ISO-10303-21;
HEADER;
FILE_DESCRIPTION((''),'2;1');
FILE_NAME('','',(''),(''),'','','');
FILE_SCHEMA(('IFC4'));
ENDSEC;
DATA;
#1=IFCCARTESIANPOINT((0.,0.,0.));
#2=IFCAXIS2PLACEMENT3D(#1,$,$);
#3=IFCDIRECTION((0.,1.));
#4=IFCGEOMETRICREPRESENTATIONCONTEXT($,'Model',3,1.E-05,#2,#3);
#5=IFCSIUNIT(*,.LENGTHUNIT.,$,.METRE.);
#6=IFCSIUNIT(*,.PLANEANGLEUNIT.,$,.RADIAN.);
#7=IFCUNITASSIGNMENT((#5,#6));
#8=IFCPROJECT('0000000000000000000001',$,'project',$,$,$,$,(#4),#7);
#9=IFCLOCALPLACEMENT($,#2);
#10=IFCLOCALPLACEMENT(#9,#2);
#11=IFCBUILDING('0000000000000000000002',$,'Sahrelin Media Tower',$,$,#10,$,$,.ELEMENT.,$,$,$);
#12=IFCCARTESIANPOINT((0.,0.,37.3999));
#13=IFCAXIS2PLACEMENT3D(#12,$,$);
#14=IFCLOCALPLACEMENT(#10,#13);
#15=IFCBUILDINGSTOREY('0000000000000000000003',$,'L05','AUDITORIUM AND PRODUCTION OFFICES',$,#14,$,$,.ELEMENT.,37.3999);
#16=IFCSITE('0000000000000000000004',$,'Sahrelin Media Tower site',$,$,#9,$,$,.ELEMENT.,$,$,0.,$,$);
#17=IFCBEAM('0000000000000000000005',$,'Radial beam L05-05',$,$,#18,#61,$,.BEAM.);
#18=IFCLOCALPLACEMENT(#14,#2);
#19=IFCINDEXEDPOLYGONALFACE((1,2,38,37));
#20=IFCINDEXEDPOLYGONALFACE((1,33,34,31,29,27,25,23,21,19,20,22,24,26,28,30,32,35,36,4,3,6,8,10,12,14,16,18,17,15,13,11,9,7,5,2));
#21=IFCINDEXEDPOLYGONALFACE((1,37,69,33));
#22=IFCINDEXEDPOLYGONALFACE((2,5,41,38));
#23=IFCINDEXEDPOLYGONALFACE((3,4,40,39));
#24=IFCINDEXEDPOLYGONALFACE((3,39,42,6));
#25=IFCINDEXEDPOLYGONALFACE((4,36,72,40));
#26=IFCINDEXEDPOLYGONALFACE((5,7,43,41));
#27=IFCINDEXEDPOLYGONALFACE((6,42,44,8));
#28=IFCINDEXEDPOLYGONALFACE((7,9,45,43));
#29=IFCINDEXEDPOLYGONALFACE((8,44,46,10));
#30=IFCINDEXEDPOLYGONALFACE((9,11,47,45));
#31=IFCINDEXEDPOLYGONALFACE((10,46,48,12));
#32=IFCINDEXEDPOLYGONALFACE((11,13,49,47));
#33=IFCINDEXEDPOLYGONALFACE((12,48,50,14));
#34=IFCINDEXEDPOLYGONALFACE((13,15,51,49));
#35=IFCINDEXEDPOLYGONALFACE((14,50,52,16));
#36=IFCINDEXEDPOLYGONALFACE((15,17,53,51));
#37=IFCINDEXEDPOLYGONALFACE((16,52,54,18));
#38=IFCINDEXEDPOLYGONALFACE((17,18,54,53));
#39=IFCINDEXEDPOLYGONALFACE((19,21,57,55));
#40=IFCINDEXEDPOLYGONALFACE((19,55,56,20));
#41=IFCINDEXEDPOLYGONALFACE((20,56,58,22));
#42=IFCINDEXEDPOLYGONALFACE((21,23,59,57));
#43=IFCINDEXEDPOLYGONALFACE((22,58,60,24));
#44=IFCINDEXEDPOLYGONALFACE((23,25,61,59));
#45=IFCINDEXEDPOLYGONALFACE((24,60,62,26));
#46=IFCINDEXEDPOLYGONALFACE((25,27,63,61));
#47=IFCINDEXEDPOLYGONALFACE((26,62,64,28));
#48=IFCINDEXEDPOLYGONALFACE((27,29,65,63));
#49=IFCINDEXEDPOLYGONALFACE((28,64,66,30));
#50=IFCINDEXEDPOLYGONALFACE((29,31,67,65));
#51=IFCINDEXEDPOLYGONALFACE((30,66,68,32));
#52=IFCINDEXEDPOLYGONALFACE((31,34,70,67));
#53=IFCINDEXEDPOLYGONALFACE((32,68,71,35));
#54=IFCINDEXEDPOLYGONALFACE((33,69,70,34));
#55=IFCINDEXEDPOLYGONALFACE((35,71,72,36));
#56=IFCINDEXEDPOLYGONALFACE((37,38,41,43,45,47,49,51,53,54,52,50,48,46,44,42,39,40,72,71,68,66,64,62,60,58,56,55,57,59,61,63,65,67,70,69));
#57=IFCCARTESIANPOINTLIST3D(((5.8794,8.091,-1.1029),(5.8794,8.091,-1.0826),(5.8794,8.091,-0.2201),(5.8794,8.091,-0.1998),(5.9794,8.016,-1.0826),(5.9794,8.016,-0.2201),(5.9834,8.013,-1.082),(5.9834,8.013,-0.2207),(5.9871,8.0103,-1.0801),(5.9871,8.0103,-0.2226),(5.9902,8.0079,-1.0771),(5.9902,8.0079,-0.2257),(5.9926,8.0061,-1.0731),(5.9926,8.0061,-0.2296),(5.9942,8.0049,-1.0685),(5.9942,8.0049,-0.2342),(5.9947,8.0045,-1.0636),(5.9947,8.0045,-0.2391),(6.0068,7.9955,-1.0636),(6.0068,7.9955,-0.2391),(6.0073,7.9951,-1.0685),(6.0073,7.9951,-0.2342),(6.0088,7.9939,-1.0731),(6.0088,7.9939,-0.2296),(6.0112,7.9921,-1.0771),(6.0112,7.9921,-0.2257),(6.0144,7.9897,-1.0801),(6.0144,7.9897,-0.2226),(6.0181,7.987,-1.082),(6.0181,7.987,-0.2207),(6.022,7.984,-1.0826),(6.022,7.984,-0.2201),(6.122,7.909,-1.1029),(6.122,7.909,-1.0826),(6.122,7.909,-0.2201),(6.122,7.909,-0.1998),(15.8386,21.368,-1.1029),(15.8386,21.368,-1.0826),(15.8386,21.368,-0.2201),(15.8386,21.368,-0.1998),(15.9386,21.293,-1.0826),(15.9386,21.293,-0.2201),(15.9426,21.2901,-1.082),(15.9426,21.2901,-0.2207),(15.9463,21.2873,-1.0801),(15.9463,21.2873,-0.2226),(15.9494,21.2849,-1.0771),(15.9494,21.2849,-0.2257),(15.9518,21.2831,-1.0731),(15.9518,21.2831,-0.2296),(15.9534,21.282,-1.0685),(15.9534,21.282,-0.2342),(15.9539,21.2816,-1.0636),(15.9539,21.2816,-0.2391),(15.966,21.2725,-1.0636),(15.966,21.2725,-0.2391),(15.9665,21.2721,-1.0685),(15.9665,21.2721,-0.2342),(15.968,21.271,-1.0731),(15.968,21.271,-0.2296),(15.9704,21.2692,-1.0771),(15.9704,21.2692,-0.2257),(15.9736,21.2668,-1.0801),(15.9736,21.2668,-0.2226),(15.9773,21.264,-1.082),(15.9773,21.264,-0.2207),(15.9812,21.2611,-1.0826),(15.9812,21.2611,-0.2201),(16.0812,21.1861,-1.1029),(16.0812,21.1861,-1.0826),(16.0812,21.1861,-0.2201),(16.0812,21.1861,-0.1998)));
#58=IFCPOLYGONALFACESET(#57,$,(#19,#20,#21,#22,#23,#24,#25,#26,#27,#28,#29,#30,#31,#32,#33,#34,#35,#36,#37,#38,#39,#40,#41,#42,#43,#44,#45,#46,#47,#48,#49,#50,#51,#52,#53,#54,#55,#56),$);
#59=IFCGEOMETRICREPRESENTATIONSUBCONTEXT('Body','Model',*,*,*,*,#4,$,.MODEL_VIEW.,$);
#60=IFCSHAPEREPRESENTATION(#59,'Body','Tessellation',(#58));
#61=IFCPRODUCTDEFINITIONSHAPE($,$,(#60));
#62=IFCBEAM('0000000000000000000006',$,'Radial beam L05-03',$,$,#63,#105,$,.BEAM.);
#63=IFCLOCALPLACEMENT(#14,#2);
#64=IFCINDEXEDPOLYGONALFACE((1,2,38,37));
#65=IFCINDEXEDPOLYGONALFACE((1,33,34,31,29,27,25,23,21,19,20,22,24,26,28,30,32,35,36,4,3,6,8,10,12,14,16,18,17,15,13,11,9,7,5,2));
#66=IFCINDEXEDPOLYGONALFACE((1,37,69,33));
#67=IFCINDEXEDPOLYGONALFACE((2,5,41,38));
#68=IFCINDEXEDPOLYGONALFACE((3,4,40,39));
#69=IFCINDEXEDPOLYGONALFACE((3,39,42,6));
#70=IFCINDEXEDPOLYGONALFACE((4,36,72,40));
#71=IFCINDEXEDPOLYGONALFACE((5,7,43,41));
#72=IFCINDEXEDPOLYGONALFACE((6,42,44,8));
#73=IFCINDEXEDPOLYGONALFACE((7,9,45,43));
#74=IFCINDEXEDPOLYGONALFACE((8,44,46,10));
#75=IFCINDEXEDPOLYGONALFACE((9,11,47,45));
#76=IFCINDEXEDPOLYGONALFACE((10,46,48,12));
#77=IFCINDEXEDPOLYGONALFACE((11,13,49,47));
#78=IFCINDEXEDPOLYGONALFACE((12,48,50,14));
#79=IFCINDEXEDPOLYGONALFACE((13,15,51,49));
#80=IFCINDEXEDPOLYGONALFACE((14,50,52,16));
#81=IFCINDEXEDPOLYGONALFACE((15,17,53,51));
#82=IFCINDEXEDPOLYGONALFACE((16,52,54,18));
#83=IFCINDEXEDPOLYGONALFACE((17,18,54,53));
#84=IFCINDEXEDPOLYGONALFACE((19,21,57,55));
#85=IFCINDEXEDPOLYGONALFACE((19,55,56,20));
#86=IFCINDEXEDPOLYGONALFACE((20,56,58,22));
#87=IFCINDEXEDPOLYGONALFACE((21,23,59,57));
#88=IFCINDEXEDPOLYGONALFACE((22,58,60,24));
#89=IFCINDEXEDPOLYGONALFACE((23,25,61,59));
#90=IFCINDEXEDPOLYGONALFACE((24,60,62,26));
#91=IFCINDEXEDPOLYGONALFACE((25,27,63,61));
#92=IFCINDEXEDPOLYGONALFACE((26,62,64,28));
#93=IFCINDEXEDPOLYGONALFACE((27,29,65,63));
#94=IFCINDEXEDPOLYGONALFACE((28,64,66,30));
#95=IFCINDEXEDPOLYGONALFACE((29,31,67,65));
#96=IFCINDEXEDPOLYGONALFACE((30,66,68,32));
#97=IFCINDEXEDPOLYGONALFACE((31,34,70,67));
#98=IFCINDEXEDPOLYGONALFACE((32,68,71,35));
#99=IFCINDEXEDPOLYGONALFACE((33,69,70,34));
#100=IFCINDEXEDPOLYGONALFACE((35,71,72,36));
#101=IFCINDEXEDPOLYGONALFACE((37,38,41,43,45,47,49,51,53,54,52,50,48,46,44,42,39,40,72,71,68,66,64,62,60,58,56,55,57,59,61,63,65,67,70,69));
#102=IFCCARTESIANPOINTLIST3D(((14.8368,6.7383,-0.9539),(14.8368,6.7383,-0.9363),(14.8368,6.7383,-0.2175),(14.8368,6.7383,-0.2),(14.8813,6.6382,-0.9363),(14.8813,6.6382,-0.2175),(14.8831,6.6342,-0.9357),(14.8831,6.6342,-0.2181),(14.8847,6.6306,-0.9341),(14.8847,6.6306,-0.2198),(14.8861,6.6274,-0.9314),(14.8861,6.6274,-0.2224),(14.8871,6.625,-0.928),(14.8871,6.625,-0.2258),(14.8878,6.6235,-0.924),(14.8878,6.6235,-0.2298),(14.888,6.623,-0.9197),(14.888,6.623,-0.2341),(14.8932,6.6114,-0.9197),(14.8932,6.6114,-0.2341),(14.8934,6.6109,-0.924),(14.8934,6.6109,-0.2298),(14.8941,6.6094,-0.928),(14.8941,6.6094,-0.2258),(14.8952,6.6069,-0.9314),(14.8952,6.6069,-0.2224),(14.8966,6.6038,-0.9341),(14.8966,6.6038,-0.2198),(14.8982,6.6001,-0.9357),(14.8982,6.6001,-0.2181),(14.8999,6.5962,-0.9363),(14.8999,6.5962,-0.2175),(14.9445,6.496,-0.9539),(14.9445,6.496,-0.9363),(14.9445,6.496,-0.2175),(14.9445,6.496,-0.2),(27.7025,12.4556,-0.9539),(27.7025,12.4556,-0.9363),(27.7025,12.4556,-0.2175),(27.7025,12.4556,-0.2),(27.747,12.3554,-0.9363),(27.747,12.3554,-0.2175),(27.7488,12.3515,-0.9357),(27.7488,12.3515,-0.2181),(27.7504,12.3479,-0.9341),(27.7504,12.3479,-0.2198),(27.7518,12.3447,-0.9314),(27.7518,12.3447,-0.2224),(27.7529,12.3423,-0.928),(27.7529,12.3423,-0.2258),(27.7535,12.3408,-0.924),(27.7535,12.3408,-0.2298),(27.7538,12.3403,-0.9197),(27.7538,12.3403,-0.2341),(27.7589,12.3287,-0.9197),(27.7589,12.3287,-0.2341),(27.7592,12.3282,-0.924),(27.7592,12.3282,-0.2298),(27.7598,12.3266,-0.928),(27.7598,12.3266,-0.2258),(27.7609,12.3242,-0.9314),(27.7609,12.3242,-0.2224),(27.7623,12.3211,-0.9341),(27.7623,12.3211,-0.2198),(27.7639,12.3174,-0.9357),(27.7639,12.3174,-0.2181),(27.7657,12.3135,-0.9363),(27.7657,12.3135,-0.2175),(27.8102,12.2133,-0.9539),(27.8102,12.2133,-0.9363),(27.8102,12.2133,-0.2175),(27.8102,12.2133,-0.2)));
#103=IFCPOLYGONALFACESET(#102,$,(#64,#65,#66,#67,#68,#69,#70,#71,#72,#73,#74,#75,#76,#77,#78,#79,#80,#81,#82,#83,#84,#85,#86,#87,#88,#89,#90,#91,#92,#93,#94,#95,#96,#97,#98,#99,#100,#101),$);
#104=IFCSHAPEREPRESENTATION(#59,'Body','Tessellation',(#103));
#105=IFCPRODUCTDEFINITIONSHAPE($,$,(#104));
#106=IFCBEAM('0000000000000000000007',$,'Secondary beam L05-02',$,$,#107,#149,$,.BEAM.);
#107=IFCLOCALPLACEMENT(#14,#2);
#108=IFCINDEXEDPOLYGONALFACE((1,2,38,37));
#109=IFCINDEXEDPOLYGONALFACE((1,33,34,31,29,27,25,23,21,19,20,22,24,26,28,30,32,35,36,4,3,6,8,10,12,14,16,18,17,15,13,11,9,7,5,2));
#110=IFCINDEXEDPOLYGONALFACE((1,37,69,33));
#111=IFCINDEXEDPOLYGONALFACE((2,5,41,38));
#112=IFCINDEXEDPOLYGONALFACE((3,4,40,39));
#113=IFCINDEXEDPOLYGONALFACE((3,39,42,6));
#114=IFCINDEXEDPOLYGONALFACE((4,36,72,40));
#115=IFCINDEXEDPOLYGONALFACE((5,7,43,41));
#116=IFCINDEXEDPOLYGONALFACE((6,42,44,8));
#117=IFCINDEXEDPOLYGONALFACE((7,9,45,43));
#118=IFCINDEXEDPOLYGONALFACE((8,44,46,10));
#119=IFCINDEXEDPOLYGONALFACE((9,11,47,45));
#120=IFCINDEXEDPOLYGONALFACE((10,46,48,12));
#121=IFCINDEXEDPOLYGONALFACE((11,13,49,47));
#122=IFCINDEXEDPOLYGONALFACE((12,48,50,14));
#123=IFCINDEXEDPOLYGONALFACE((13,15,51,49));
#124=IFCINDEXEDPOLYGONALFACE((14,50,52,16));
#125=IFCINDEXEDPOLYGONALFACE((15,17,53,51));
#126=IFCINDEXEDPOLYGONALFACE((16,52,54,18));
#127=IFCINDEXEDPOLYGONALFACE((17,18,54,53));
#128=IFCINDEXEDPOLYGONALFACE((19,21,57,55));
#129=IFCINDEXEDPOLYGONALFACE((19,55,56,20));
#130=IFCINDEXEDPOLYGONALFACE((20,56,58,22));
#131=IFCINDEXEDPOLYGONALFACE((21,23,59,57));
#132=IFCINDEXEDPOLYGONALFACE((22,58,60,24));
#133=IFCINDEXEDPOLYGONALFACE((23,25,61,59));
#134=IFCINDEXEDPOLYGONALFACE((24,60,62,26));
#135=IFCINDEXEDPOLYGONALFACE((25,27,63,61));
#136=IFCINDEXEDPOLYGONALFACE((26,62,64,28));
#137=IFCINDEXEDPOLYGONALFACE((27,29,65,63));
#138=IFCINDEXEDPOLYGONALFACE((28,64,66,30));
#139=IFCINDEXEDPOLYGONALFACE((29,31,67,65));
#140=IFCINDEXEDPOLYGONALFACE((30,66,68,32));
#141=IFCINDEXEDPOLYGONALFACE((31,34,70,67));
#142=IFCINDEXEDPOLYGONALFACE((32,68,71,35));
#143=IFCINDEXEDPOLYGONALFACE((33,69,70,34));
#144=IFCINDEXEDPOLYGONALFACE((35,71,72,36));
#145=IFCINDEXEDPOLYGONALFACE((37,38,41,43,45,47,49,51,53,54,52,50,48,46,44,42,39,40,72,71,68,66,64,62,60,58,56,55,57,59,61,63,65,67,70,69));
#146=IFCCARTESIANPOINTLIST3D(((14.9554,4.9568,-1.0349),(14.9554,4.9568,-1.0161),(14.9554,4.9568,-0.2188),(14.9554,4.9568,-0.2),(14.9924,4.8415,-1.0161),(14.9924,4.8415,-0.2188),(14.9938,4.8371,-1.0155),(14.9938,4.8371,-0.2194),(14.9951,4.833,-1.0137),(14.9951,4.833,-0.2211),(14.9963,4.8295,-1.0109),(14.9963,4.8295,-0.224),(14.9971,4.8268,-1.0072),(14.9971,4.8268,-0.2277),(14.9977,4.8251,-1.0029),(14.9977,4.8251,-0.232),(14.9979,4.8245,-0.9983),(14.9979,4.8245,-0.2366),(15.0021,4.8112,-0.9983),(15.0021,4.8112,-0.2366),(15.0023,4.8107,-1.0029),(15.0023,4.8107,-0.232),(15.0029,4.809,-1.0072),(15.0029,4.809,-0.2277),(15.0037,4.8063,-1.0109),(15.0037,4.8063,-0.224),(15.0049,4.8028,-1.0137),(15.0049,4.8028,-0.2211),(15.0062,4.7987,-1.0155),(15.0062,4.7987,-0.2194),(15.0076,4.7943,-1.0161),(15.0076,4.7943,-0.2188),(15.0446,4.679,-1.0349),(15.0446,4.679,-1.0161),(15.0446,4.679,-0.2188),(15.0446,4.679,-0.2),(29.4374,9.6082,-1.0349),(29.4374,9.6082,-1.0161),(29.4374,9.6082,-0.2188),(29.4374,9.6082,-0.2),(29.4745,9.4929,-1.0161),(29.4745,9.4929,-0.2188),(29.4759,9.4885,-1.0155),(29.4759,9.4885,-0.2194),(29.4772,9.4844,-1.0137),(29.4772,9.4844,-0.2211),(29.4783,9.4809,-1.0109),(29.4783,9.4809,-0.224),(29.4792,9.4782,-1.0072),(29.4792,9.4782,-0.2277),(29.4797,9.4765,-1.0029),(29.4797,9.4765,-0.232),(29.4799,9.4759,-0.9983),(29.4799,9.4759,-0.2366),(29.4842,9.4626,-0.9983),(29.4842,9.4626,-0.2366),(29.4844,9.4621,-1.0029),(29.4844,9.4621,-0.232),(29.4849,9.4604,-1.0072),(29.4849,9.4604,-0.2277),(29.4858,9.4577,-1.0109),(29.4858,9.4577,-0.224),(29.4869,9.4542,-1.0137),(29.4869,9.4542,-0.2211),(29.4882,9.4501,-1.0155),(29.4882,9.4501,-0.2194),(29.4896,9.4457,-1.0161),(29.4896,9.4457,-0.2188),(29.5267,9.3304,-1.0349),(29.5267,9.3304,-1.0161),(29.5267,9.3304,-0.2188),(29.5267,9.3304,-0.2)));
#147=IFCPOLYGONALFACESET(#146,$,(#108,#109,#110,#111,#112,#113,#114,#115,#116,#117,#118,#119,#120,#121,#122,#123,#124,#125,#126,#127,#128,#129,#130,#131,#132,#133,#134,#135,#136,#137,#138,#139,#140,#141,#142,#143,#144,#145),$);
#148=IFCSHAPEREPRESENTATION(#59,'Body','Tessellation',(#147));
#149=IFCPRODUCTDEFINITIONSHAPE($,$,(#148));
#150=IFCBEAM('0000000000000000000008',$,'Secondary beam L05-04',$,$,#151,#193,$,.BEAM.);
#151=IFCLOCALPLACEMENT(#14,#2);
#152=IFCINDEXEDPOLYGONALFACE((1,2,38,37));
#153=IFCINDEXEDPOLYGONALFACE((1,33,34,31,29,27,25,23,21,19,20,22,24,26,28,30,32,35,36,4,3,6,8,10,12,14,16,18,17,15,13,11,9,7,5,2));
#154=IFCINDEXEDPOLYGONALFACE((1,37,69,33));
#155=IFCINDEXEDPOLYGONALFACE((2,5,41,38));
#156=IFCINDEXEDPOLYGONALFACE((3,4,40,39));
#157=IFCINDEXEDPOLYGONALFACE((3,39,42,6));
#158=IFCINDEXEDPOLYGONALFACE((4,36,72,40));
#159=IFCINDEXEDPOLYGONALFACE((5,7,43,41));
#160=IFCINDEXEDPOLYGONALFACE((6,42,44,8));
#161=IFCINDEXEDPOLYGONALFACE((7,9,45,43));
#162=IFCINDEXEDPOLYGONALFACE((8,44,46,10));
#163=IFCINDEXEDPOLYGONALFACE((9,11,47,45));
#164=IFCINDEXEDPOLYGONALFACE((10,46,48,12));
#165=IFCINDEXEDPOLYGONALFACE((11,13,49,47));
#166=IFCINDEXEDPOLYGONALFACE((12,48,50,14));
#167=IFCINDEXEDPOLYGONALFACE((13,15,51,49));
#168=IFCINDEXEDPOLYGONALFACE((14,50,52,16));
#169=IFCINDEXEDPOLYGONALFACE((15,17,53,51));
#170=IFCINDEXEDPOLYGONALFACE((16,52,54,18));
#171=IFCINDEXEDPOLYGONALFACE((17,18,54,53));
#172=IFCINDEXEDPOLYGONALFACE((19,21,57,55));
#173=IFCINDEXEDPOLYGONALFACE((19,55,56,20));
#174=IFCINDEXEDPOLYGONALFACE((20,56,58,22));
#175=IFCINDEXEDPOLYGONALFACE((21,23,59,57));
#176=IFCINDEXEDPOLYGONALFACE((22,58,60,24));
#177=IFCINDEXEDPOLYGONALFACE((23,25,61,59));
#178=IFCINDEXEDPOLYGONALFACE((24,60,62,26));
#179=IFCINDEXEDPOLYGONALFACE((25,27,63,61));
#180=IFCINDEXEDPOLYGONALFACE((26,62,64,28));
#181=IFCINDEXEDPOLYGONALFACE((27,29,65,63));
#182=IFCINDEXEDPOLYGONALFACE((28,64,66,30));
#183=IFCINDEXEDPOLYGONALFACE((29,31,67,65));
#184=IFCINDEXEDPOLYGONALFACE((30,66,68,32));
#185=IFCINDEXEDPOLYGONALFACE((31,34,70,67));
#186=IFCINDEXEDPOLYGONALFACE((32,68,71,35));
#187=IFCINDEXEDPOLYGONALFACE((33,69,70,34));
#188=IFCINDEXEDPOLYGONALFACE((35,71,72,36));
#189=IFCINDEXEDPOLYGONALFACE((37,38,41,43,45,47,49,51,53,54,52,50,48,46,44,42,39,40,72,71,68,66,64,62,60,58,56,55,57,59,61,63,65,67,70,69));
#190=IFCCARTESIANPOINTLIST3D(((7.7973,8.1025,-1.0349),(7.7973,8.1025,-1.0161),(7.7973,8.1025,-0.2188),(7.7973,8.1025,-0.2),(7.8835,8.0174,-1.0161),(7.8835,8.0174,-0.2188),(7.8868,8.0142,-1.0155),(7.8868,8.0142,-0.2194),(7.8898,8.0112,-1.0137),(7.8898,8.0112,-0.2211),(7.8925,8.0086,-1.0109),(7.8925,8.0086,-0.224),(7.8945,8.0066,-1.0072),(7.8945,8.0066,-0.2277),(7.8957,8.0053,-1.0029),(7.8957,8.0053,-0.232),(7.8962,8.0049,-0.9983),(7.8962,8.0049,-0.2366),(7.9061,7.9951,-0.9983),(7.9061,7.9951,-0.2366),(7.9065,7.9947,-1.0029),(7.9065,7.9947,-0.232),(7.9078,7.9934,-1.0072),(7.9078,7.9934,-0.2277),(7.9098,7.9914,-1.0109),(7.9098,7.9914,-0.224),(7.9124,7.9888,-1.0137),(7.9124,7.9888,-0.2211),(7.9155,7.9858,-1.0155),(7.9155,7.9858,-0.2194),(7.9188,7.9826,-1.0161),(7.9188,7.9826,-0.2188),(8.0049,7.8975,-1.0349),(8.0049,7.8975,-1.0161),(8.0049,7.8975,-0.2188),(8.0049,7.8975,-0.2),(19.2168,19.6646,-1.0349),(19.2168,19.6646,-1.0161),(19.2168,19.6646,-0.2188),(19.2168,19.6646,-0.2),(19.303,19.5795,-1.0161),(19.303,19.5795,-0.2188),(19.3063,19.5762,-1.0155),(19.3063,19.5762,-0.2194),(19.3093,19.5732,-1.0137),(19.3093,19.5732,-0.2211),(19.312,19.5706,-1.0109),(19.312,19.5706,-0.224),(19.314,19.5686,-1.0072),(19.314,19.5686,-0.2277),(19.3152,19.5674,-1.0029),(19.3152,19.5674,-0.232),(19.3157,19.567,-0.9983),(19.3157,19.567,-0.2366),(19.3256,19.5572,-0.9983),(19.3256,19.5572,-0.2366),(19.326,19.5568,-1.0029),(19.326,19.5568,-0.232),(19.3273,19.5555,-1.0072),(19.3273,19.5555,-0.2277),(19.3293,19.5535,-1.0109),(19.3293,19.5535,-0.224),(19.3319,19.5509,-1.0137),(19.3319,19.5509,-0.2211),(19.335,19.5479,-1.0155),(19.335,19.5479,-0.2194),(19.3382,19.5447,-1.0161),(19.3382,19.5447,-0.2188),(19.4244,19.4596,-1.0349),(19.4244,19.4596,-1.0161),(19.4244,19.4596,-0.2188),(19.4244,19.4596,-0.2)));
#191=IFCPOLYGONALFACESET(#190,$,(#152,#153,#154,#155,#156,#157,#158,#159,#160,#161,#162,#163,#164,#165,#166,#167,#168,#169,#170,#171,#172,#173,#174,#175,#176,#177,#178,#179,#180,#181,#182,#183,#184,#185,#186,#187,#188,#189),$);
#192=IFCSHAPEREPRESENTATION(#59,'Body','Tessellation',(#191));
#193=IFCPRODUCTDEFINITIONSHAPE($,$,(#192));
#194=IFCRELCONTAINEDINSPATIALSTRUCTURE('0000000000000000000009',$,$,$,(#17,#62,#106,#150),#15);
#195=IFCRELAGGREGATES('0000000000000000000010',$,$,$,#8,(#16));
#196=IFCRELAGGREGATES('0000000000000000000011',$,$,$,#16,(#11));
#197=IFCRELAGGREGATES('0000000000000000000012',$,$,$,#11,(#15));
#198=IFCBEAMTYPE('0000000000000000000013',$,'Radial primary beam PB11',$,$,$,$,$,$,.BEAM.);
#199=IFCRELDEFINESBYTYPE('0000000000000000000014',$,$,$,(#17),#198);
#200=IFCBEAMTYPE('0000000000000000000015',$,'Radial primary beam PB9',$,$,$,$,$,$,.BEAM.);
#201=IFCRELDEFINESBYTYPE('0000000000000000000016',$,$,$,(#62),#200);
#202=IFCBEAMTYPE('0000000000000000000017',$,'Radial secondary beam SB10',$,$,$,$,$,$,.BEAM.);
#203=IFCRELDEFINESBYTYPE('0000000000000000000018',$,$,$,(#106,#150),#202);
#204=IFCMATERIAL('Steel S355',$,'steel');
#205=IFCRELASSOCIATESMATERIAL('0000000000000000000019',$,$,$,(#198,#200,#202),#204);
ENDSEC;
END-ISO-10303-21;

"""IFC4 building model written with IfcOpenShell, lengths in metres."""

from ifc_helpers import new_model, si_unit, direction, frame, origin, origin_2d, place, context, subcontext, project, spatial, i_section, extrude, material, material_profile, profile_set, type_object, element, save


model = new_model("IFC4")

# Units and contexts
model_context = context("Model", 3, precision=1e-05, world=origin(), true_north=direction((0.0, 1.0)))
body_context = subcontext(model_context, "Body", "Model", "MODEL_VIEW")
ifc_project = project(units=[si_unit("LENGTHUNIT", "METRE"), si_unit("PLANEANGLEUNIT", "RADIAN")], contexts=[model_context])

# Site, building, storey
site_placement = place(None, origin())
site = spatial("IfcSite", under=ifc_project, at=site_placement, Name="Sahrelin Media Tower site", CompositionType="ELEMENT", RefElevation=0.0)
building_placement = place(site_placement, origin())
building = spatial("IfcBuilding", under=site, at=building_placement, Name="Sahrelin Media Tower", CompositionType="ELEMENT")
storey_placement = place(building_placement, frame((0.0, 0.0, 37.3999)))
storey = spatial("IfcBuildingStorey", under=building, at=storey_placement, Name="L05", Description="AUDITORIUM AND PRODUCTION OFFICES", CompositionType="ELEMENT", Elevation=37.3999)

# Beams
ifc_material_1 = material(Name="Steel S355", Category="steel")
ifc_material_profile_1 = material_profile(ifc_material_1, i_section(OverallWidth=0.3032, OverallDepth=0.9031, WebThickness=0.0151, FlangeThickness=0.0203, FilletRadius=0.019, at=origin_2d()), Name="UB 914x305x201")
ifc_profile_set_1 = profile_set([ifc_material_profile_1], Name="Steel S355")
beam_type_1 = type_object("IfcBeamType", Name="Radial primary beam PB11", PredefinedType="BEAM", material=ifc_profile_set_1)
beam_1_placement = place(storey_placement, frame((6.0007, 8.0, -0.6514), z_axis=(0.600054, 0.799959, 0.0), x_axis=(-0.799959, 0.600054, 0.0)))
element("IfcBeam", 1, at=beam_1_placement, inside=storey, type_object=beam_type_1, Name="Radial beam L05-05", PredefinedType="BEAM", context=body_context, shape_type="SweptSolid", body=[
    extrude(i_section(OverallWidth=0.3032, OverallDepth=0.9031, WebThickness=0.0151, FlangeThickness=0.0203, FilletRadius=0.019, at=origin_2d()), origin(), (0.0, 0.0, 1.0), 16.5972),
])
ifc_material_profile_2 = material_profile(ifc_material_1, i_section(OverallWidth=0.2651, OverallDepth=0.7539, WebThickness=0.0127, FlangeThickness=0.0176, FilletRadius=0.0166, at=origin_2d()), Name="UB 762x267x147")
ifc_profile_set_2 = profile_set([ifc_material_profile_2], Name="Steel S355")
beam_type_2 = type_object("IfcBeamType", Name="Radial primary beam PB9", PredefinedType="BEAM", material=ifc_profile_set_2)
beam_2_placement = place(storey_placement, frame((14.8906, 6.6172, -0.5769), z_axis=(0.913833, 0.40609, 0.0), x_axis=(-0.40609, 0.913833, 0.0)))
element("IfcBeam", 2, at=beam_2_placement, inside=storey, type_object=beam_type_2, Name="Radial beam L05-03", PredefinedType="BEAM", context=body_context, shape_type="SweptSolid", body=[
    extrude(i_section(OverallWidth=0.2651, OverallDepth=0.7539, WebThickness=0.0127, FlangeThickness=0.0176, FilletRadius=0.0166, at=origin_2d()), origin(), (0.0, 0.0, 1.0), 14.0789),
])
ifc_material_profile_3 = material_profile(ifc_material_1, i_section(OverallWidth=0.2917, OverallDepth=0.835, WebThickness=0.0139, FlangeThickness=0.0188, FilletRadius=0.0178, at=origin_2d()), Name="UB 838x292x176")
ifc_profile_set_3 = profile_set([ifc_material_profile_3], Name="Steel S355")
beam_type_3 = type_object("IfcBeamType", Name="Radial secondary beam SB10", PredefinedType="BEAM", material=ifc_profile_set_3)
beam_3_placement = place(storey_placement, frame((15.0, 4.8179, -0.6174), z_axis=(0.952096, 0.305798, 0.0), x_axis=(-0.305798, 0.952096, 0.0)))
element("IfcBeam", 3, at=beam_3_placement, inside=storey, type_object=beam_type_3, Name="Secondary beam L05-02", PredefinedType="BEAM", context=body_context, shape_type="SweptSolid", body=[
    extrude(i_section(OverallWidth=0.2917, OverallDepth=0.835, WebThickness=0.0139, FlangeThickness=0.0188, FilletRadius=0.0178, at=origin_2d()), origin(), (0.0, 0.0, 1.0), 15.2107),
])
beam_4_placement = place(storey_placement, frame((7.9011, 8.0, -0.6174), z_axis=(0.702706, 0.71148, 0.0), x_axis=(-0.71148, 0.702706, 0.0)))
element("IfcBeam", 4, at=beam_4_placement, inside=storey, type_object=beam_type_3, Name="Secondary beam L05-04", PredefinedType="BEAM", context=body_context, shape_type="SweptSolid", body=[
    extrude(i_section(OverallWidth=0.2917, OverallDepth=0.835, WebThickness=0.0139, FlangeThickness=0.0188, FilletRadius=0.0178, at=origin_2d()), origin(), (0.0, 0.0, 1.0), 16.2507),
])

save(model, "model.ifc")
